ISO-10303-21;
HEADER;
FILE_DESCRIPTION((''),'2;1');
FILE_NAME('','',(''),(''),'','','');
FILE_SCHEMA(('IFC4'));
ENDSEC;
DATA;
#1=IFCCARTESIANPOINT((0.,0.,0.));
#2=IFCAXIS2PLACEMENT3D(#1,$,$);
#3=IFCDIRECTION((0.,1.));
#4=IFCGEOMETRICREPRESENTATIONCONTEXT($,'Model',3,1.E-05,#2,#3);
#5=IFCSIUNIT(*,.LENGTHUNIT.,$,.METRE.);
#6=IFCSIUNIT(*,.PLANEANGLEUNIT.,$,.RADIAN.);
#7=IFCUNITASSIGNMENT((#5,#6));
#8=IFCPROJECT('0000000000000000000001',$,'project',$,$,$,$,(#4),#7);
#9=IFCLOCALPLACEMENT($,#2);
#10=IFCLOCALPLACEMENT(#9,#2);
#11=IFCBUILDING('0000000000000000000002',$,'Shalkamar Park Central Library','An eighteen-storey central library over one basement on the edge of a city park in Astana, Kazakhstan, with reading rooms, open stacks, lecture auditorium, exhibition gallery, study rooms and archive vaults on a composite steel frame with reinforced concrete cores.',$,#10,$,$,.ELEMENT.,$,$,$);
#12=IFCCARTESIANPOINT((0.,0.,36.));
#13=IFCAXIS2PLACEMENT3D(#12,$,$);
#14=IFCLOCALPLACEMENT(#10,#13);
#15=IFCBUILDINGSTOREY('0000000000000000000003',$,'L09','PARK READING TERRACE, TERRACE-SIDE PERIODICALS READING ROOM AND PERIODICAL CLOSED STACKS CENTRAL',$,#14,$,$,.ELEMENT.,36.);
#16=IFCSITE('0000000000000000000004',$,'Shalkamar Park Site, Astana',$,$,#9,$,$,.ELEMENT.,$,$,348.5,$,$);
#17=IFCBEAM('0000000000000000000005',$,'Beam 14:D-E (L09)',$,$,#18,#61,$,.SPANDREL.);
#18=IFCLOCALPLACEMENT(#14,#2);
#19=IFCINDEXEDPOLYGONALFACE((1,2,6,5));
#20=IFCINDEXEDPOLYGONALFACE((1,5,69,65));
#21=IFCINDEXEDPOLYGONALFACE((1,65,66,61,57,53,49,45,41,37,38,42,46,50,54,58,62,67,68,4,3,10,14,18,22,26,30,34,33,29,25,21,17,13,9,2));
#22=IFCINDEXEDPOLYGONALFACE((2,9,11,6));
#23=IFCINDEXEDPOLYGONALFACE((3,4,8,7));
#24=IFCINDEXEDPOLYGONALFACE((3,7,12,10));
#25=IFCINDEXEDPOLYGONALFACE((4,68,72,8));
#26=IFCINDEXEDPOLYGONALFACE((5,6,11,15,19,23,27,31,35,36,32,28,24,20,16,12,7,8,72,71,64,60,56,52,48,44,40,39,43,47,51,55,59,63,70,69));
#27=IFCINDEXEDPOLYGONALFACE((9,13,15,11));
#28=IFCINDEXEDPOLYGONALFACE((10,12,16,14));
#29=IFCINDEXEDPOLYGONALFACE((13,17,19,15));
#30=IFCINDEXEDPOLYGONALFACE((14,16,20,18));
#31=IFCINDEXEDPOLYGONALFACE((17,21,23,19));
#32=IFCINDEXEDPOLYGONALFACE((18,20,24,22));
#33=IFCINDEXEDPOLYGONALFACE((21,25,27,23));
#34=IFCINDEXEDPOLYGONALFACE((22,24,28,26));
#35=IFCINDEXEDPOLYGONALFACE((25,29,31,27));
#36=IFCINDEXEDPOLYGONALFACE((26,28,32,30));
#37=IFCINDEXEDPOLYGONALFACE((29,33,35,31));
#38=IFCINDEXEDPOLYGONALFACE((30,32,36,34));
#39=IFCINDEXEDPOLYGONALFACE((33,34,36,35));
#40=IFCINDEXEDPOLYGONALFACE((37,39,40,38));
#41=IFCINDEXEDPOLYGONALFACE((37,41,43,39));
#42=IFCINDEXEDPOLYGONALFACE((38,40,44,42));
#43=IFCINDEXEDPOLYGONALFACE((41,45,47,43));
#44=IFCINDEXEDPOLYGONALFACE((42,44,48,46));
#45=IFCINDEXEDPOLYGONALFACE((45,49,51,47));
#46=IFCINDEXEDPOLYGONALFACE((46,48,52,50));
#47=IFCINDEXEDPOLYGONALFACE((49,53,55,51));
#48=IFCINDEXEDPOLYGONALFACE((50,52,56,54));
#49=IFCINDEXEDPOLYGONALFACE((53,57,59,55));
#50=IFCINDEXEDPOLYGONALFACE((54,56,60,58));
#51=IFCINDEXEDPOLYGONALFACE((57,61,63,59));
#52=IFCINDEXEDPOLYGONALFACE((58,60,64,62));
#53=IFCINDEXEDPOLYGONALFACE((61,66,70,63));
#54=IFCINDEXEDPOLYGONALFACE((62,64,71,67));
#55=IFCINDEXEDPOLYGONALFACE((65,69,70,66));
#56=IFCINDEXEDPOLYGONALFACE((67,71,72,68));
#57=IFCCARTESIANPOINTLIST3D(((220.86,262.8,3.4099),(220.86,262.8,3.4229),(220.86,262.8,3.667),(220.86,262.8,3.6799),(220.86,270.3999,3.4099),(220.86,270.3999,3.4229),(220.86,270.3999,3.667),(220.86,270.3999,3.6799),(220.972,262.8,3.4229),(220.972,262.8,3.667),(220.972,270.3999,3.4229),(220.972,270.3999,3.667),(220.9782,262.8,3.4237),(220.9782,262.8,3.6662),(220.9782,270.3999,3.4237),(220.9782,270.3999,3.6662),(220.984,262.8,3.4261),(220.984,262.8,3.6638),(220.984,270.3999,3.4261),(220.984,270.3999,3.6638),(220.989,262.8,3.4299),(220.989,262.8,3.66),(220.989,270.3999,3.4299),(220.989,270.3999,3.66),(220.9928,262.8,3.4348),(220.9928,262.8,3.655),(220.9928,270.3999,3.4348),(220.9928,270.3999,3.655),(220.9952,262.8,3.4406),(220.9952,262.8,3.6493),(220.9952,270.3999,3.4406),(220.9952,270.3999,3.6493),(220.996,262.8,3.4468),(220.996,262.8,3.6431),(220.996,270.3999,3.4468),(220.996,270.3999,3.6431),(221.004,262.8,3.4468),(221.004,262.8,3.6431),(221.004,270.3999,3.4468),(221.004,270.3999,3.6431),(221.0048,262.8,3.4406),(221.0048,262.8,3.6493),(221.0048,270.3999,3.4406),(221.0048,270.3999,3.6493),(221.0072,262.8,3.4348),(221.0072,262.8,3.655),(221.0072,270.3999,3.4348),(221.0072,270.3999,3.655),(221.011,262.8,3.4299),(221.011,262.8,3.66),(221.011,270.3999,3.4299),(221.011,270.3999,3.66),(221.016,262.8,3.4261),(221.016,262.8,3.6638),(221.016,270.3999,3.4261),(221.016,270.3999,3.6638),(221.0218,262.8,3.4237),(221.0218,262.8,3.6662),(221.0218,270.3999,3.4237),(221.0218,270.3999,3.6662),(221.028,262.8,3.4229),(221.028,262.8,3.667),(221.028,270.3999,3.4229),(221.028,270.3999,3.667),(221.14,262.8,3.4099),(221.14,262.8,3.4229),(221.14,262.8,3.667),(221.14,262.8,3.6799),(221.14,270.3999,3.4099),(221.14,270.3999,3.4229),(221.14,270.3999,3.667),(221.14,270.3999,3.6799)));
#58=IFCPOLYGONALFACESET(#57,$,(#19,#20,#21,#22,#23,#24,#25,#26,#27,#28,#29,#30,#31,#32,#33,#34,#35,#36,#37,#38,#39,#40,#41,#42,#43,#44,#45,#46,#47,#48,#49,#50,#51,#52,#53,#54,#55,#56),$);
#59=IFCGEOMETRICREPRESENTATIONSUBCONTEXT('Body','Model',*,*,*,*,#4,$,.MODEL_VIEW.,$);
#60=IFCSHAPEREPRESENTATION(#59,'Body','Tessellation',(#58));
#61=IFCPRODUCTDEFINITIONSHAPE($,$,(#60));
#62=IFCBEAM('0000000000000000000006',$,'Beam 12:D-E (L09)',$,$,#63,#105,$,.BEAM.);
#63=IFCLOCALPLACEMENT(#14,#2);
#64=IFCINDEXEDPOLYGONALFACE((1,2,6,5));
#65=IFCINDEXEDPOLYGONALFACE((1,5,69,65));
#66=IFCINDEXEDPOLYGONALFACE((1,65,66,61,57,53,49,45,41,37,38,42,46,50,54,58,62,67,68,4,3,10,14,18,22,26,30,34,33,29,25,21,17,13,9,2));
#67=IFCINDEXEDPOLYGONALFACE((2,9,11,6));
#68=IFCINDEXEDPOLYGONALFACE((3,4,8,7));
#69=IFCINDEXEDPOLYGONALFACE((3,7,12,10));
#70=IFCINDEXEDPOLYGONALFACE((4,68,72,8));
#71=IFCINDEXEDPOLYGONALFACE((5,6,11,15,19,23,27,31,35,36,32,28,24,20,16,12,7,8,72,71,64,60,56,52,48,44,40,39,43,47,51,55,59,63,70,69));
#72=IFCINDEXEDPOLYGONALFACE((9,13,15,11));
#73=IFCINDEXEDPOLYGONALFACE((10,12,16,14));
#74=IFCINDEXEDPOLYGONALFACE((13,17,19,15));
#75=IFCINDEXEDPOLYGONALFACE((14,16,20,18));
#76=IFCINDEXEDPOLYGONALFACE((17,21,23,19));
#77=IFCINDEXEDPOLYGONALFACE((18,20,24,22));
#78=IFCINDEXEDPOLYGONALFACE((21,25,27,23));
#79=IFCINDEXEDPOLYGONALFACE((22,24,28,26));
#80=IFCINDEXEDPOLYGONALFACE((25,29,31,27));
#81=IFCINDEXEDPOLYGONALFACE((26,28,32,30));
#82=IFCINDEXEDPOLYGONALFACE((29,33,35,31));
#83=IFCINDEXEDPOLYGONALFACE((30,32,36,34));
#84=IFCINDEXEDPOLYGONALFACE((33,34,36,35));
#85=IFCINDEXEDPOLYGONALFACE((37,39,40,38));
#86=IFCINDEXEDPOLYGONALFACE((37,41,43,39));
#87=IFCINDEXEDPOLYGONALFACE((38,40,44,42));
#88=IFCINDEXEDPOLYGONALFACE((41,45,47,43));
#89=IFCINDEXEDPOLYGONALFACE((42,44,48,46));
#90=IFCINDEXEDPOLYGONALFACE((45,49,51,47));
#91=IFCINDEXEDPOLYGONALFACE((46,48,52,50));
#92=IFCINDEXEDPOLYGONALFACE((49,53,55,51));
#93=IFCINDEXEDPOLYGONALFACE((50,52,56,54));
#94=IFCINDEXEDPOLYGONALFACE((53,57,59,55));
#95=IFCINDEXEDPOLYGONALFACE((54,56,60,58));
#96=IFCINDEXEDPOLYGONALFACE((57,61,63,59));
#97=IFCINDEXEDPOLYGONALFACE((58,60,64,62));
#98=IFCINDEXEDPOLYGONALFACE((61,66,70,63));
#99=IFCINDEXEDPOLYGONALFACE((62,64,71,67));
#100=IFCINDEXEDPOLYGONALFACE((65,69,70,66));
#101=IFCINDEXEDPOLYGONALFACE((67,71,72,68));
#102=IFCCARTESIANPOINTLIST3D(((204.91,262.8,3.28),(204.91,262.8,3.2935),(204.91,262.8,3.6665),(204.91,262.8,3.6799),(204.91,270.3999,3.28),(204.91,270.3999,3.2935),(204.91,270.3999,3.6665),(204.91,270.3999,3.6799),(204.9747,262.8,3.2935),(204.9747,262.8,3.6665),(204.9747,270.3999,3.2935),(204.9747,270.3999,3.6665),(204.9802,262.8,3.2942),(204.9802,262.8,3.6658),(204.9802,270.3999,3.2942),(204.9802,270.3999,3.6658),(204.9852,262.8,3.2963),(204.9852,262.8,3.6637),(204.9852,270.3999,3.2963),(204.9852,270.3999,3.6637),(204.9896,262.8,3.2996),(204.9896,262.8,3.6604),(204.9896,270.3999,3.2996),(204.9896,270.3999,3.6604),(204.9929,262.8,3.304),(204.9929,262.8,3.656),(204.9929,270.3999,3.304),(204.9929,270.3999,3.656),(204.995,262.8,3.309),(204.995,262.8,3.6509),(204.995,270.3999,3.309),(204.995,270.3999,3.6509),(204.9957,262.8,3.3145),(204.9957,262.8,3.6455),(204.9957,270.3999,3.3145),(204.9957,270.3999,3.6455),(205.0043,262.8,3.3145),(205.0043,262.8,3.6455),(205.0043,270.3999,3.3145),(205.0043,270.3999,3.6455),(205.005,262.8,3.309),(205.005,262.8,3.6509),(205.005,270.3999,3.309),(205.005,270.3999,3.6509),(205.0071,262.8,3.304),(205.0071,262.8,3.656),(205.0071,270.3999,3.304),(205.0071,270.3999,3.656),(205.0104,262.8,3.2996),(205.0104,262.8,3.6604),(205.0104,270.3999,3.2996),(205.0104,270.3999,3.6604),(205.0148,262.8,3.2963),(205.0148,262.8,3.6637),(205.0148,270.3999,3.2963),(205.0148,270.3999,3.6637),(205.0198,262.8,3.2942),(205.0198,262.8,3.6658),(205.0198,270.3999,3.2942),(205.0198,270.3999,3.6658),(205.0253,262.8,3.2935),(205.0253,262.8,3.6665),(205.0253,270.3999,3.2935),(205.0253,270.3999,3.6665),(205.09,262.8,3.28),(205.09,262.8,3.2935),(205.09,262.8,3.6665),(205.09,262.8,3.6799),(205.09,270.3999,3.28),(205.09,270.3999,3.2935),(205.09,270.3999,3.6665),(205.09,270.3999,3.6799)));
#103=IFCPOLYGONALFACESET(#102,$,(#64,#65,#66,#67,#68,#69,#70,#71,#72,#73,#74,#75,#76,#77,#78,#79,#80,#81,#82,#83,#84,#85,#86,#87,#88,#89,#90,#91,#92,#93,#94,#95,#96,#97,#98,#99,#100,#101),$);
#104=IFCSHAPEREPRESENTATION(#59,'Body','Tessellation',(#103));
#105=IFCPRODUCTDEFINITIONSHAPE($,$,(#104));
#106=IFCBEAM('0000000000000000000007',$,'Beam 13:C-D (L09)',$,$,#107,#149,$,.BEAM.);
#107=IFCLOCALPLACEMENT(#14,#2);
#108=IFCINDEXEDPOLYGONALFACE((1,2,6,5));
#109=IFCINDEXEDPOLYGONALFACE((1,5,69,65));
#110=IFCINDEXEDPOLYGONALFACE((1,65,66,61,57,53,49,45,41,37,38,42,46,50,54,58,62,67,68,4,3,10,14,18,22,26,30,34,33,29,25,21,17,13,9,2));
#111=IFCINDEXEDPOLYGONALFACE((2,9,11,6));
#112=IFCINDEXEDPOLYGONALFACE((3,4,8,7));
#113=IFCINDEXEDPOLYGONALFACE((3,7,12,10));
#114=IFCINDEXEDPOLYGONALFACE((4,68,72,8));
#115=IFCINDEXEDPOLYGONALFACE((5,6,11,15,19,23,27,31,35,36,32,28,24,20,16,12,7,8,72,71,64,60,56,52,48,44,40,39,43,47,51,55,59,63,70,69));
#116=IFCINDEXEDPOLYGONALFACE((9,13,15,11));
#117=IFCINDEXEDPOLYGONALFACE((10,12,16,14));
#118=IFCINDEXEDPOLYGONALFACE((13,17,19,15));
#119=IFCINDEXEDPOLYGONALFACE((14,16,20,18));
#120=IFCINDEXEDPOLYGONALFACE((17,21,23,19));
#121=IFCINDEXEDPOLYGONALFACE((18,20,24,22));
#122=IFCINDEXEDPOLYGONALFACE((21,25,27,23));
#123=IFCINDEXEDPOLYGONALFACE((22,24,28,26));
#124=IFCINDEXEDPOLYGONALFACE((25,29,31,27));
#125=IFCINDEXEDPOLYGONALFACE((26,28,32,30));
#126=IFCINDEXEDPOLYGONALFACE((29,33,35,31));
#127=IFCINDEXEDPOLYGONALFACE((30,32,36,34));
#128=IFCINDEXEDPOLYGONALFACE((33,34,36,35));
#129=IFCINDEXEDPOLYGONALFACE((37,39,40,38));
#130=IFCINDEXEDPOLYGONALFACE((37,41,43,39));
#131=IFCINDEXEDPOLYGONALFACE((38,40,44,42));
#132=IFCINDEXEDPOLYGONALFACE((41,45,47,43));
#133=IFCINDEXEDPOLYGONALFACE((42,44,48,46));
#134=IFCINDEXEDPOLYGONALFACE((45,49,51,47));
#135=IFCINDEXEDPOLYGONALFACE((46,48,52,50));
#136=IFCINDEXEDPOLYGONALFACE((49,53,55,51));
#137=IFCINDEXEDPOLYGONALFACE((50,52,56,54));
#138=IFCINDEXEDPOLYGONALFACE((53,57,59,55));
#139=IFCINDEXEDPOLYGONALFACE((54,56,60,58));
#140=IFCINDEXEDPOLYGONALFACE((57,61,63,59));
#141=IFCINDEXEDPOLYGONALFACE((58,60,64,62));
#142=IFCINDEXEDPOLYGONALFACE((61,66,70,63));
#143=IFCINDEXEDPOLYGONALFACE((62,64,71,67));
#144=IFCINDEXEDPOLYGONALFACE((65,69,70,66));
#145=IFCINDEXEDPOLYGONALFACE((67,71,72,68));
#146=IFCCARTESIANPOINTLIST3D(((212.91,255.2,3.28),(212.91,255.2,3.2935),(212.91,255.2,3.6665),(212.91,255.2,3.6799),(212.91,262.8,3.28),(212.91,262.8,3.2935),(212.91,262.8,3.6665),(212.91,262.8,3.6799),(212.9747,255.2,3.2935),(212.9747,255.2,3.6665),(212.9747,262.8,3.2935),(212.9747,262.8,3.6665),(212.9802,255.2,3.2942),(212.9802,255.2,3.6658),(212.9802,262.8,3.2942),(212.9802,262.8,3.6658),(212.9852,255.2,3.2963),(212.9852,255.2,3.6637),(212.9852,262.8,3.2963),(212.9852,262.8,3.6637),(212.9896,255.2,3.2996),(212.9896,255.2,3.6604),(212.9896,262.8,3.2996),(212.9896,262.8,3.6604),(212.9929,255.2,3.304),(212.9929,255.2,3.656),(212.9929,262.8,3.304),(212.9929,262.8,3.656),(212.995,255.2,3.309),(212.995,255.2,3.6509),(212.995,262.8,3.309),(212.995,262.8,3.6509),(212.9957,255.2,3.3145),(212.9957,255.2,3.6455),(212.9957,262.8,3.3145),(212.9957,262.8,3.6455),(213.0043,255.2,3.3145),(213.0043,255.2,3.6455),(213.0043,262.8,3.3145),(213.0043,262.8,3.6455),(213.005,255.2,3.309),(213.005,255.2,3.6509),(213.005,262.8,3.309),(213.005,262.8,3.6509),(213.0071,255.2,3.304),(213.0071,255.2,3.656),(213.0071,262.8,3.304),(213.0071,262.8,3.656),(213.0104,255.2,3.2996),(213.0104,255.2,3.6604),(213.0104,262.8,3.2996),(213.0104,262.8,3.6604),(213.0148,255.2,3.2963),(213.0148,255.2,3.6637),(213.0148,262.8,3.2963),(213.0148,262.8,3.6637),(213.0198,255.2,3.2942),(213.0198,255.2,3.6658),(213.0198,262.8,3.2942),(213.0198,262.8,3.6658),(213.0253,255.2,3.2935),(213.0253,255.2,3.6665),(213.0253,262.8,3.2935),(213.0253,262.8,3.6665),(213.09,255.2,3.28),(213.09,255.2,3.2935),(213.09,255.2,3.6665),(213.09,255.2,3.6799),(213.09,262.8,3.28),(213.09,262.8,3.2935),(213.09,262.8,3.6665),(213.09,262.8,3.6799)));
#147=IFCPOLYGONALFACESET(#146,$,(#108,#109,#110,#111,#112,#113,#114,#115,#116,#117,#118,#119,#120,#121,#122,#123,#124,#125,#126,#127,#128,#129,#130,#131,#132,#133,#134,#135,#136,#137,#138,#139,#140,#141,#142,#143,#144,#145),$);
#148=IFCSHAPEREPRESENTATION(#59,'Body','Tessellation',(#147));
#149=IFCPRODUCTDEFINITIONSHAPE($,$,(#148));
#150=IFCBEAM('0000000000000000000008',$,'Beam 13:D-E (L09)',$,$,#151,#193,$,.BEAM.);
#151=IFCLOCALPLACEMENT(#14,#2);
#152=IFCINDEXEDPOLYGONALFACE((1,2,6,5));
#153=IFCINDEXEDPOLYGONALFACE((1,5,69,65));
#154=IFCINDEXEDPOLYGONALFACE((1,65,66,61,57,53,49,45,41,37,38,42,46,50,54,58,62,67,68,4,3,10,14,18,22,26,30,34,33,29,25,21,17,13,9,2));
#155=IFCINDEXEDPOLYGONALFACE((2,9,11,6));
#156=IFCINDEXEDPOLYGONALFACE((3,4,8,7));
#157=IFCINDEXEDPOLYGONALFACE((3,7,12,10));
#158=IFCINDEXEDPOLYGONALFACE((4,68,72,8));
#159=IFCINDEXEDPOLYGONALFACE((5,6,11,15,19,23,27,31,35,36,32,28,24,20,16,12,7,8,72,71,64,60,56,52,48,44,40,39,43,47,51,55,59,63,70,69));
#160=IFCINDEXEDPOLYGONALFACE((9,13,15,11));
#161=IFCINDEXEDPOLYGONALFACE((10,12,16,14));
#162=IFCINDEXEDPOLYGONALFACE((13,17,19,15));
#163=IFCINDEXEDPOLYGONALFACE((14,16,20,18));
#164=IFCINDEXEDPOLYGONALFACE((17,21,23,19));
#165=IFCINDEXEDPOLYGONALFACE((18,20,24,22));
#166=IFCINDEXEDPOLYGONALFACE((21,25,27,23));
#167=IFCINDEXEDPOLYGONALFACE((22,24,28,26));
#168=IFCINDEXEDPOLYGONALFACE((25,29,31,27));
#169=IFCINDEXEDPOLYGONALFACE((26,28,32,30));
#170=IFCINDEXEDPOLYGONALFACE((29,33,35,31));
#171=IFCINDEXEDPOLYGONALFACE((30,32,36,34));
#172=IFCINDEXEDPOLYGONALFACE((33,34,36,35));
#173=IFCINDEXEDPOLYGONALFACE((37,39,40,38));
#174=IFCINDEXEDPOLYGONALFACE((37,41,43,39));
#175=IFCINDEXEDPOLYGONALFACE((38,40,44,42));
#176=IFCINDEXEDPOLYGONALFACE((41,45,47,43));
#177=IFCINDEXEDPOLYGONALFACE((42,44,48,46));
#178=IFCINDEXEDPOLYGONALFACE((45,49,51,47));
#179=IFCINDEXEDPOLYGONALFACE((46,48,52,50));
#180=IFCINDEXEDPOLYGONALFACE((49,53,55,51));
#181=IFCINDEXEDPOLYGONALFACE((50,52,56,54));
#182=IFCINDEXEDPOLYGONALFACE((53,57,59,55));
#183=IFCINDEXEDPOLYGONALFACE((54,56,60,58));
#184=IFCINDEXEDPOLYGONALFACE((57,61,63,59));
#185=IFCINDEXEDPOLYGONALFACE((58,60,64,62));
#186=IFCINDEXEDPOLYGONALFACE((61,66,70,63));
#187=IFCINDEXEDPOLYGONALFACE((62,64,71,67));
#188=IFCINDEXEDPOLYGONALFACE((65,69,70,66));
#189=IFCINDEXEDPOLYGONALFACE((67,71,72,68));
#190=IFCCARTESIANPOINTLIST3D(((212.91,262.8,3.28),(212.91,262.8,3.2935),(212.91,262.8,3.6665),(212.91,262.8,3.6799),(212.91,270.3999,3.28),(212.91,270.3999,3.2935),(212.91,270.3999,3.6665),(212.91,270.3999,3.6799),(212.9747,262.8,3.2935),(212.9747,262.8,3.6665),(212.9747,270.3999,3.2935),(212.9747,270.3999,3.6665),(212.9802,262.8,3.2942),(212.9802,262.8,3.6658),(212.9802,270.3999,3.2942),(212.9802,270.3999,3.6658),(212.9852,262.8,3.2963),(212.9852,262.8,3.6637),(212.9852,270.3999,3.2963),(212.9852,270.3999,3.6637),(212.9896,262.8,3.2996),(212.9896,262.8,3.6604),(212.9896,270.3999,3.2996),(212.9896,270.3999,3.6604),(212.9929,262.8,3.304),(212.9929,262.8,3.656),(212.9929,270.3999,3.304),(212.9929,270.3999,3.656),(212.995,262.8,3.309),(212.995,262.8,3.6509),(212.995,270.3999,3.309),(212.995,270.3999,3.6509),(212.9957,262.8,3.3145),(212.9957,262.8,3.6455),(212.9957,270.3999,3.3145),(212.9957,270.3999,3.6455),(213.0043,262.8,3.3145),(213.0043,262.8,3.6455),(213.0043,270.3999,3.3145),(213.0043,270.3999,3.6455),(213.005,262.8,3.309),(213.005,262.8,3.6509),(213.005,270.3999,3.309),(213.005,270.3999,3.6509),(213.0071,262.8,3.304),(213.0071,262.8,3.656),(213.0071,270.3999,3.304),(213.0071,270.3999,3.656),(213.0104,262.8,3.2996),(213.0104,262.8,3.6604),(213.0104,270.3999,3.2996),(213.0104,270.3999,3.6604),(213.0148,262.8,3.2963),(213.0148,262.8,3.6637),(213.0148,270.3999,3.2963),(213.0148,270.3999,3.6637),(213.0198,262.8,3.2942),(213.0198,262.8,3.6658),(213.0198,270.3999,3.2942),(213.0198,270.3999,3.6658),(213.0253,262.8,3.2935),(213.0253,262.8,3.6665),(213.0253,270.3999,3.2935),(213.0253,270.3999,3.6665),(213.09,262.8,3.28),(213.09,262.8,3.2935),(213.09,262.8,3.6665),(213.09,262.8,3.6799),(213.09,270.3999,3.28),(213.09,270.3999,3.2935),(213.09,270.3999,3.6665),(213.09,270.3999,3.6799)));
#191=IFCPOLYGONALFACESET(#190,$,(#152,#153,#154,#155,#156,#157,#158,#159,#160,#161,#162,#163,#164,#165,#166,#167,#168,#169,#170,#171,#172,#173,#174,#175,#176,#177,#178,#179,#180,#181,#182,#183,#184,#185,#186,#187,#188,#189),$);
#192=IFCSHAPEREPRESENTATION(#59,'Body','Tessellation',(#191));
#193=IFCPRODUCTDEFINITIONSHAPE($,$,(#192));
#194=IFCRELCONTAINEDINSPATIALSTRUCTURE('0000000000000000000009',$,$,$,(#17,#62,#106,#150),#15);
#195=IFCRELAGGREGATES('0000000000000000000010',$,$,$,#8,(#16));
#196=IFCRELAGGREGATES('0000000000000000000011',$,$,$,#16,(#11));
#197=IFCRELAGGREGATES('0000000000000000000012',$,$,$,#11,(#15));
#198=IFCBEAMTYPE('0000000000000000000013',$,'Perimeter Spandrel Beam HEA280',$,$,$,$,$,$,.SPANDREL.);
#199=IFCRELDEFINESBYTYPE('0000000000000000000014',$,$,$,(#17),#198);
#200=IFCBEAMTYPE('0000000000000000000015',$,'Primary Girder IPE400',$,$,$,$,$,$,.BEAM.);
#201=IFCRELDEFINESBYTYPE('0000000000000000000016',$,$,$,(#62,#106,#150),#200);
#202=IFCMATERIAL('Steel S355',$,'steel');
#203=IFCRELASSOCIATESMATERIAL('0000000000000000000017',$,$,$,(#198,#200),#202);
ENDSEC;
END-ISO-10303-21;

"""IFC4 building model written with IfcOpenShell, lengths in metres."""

from ifc_helpers import new_model, si_unit, direction, frame, origin, origin_2d, place, context, subcontext, project, spatial, i_section, extrude, material, material_profile, profile_set, type_object, element, save


model = new_model("IFC4")

# Units and contexts
model_context = context("Model", 3, precision=1e-05, world=origin(), true_north=direction((0.0, 1.0)))
body_context = subcontext(model_context, "Body", "Model", "MODEL_VIEW")
ifc_project = project(units=[si_unit("LENGTHUNIT", "METRE"), si_unit("PLANEANGLEUNIT", "RADIAN")], contexts=[model_context])

# Site, building, storey
site_placement = place(None, origin())
site = spatial("IfcSite", under=ifc_project, at=site_placement, Name="Shalkamar Park Site, Astana", CompositionType="ELEMENT", RefElevation=348.5)
building_placement = place(site_placement, origin())
building = spatial("IfcBuilding", under=site, at=building_placement, Name="Shalkamar Park Central Library", Description="An eighteen-storey central library over one basement on the edge of a city park in Astana, Kazakhstan, with reading rooms, open stacks, lecture auditorium, exhibition gallery, study rooms and archive vaults on a composite steel frame with reinforced concrete cores.", CompositionType="ELEMENT")
storey_placement = place(building_placement, frame((0.0, 0.0, 36.0)))
storey = spatial("IfcBuildingStorey", under=building, at=storey_placement, Name="L09", Description="PARK READING TERRACE, TERRACE-SIDE PERIODICALS READING ROOM AND PERIODICAL CLOSED STACKS CENTRAL", CompositionType="ELEMENT", Elevation=36.0)

# Shared definitions
ifc_material_1 = material(Name="Steel S355", Category="steel")

# Beams
ifc_material_profile_1 = material_profile(ifc_material_1, i_section(OverallWidth=0.28, OverallDepth=0.27, WebThickness=0.0081, FlangeThickness=0.0129, FilletRadius=0.0239, at=origin_2d()), Name="HEA 280")
ifc_profile_set_1 = profile_set([ifc_material_profile_1], Name="Steel S355")
beam_type_1 = type_object("IfcBeamType", Name="Perimeter Spandrel Beam HEA280", PredefinedType="SPANDREL", material=ifc_profile_set_1)
beam_1_placement = place(storey_placement, frame((221.0, 262.8, 3.5449), z_axis=(0.0, 1.0, 0.0), x_axis=(-1.0, 0.0, 0.0)))
element("IfcBeam", 1, at=beam_1_placement, inside=storey, type_object=beam_type_1, Name="Beam 14:D-E (L09)", PredefinedType="SPANDREL", context=body_context, shape_type="SweptSolid", body=[
    extrude(i_section(OverallWidth=0.28, OverallDepth=0.27, WebThickness=0.0081, FlangeThickness=0.0129, FilletRadius=0.0239, at=origin_2d()), origin(), (0.0, 0.0, 1.0), 7.5999),
])
ifc_material_profile_2 = material_profile(ifc_material_1, i_section(OverallWidth=0.1799, OverallDepth=0.3999, WebThickness=0.0085, FlangeThickness=0.0134, FilletRadius=0.021, at=origin_2d()), Name="IPE 400")
ifc_profile_set_2 = profile_set([ifc_material_profile_2], Name="Steel S355")
beam_type_2 = type_object("IfcBeamType", Name="Primary Girder IPE400", PredefinedType="BEAM", material=ifc_profile_set_2)
beam_2_placement = place(storey_placement, frame((205.0, 262.8, 3.48), z_axis=(0.0, 1.0, 0.0), x_axis=(-1.0, 0.0, 0.0)))
element("IfcBeam", 2, at=beam_2_placement, inside=storey, type_object=beam_type_2, Name="Beam 12:D-E (L09)", PredefinedType="BEAM", context=body_context, shape_type="SweptSolid", body=[
    extrude(i_section(OverallWidth=0.1799, OverallDepth=0.3999, WebThickness=0.0085, FlangeThickness=0.0134, FilletRadius=0.021, at=origin_2d()), origin(), (0.0, 0.0, 1.0), 7.5999),
])
beam_3_placement = place(storey_placement, frame((213.0, 255.2, 3.48), z_axis=(0.0, 1.0, 0.0), x_axis=(-1.0, 0.0, 0.0)))
element("IfcBeam", 3, at=beam_3_placement, inside=storey, type_object=beam_type_2, Name="Beam 13:C-D (L09)", PredefinedType="BEAM", context=body_context, shape_type="SweptSolid", body=[
    extrude(i_section(OverallWidth=0.1799, OverallDepth=0.3999, WebThickness=0.0085, FlangeThickness=0.0134, FilletRadius=0.021, at=origin_2d()), origin(), (0.0, 0.0, 1.0), 7.6001),
])
beam_4_placement = place(storey_placement, frame((213.0, 262.8, 3.48), z_axis=(0.0, 1.0, 0.0), x_axis=(-1.0, 0.0, 0.0)))
element("IfcBeam", 4, at=beam_4_placement, inside=storey, type_object=beam_type_2, Name="Beam 13:D-E (L09)", PredefinedType="BEAM", context=body_context, shape_type="SweptSolid", body=[
    extrude(i_section(OverallWidth=0.1799, OverallDepth=0.3999, WebThickness=0.0085, FlangeThickness=0.0134, FilletRadius=0.021, at=origin_2d()), origin(), (0.0, 0.0, 1.0), 7.5999),
])

save(model, "model.ifc")
